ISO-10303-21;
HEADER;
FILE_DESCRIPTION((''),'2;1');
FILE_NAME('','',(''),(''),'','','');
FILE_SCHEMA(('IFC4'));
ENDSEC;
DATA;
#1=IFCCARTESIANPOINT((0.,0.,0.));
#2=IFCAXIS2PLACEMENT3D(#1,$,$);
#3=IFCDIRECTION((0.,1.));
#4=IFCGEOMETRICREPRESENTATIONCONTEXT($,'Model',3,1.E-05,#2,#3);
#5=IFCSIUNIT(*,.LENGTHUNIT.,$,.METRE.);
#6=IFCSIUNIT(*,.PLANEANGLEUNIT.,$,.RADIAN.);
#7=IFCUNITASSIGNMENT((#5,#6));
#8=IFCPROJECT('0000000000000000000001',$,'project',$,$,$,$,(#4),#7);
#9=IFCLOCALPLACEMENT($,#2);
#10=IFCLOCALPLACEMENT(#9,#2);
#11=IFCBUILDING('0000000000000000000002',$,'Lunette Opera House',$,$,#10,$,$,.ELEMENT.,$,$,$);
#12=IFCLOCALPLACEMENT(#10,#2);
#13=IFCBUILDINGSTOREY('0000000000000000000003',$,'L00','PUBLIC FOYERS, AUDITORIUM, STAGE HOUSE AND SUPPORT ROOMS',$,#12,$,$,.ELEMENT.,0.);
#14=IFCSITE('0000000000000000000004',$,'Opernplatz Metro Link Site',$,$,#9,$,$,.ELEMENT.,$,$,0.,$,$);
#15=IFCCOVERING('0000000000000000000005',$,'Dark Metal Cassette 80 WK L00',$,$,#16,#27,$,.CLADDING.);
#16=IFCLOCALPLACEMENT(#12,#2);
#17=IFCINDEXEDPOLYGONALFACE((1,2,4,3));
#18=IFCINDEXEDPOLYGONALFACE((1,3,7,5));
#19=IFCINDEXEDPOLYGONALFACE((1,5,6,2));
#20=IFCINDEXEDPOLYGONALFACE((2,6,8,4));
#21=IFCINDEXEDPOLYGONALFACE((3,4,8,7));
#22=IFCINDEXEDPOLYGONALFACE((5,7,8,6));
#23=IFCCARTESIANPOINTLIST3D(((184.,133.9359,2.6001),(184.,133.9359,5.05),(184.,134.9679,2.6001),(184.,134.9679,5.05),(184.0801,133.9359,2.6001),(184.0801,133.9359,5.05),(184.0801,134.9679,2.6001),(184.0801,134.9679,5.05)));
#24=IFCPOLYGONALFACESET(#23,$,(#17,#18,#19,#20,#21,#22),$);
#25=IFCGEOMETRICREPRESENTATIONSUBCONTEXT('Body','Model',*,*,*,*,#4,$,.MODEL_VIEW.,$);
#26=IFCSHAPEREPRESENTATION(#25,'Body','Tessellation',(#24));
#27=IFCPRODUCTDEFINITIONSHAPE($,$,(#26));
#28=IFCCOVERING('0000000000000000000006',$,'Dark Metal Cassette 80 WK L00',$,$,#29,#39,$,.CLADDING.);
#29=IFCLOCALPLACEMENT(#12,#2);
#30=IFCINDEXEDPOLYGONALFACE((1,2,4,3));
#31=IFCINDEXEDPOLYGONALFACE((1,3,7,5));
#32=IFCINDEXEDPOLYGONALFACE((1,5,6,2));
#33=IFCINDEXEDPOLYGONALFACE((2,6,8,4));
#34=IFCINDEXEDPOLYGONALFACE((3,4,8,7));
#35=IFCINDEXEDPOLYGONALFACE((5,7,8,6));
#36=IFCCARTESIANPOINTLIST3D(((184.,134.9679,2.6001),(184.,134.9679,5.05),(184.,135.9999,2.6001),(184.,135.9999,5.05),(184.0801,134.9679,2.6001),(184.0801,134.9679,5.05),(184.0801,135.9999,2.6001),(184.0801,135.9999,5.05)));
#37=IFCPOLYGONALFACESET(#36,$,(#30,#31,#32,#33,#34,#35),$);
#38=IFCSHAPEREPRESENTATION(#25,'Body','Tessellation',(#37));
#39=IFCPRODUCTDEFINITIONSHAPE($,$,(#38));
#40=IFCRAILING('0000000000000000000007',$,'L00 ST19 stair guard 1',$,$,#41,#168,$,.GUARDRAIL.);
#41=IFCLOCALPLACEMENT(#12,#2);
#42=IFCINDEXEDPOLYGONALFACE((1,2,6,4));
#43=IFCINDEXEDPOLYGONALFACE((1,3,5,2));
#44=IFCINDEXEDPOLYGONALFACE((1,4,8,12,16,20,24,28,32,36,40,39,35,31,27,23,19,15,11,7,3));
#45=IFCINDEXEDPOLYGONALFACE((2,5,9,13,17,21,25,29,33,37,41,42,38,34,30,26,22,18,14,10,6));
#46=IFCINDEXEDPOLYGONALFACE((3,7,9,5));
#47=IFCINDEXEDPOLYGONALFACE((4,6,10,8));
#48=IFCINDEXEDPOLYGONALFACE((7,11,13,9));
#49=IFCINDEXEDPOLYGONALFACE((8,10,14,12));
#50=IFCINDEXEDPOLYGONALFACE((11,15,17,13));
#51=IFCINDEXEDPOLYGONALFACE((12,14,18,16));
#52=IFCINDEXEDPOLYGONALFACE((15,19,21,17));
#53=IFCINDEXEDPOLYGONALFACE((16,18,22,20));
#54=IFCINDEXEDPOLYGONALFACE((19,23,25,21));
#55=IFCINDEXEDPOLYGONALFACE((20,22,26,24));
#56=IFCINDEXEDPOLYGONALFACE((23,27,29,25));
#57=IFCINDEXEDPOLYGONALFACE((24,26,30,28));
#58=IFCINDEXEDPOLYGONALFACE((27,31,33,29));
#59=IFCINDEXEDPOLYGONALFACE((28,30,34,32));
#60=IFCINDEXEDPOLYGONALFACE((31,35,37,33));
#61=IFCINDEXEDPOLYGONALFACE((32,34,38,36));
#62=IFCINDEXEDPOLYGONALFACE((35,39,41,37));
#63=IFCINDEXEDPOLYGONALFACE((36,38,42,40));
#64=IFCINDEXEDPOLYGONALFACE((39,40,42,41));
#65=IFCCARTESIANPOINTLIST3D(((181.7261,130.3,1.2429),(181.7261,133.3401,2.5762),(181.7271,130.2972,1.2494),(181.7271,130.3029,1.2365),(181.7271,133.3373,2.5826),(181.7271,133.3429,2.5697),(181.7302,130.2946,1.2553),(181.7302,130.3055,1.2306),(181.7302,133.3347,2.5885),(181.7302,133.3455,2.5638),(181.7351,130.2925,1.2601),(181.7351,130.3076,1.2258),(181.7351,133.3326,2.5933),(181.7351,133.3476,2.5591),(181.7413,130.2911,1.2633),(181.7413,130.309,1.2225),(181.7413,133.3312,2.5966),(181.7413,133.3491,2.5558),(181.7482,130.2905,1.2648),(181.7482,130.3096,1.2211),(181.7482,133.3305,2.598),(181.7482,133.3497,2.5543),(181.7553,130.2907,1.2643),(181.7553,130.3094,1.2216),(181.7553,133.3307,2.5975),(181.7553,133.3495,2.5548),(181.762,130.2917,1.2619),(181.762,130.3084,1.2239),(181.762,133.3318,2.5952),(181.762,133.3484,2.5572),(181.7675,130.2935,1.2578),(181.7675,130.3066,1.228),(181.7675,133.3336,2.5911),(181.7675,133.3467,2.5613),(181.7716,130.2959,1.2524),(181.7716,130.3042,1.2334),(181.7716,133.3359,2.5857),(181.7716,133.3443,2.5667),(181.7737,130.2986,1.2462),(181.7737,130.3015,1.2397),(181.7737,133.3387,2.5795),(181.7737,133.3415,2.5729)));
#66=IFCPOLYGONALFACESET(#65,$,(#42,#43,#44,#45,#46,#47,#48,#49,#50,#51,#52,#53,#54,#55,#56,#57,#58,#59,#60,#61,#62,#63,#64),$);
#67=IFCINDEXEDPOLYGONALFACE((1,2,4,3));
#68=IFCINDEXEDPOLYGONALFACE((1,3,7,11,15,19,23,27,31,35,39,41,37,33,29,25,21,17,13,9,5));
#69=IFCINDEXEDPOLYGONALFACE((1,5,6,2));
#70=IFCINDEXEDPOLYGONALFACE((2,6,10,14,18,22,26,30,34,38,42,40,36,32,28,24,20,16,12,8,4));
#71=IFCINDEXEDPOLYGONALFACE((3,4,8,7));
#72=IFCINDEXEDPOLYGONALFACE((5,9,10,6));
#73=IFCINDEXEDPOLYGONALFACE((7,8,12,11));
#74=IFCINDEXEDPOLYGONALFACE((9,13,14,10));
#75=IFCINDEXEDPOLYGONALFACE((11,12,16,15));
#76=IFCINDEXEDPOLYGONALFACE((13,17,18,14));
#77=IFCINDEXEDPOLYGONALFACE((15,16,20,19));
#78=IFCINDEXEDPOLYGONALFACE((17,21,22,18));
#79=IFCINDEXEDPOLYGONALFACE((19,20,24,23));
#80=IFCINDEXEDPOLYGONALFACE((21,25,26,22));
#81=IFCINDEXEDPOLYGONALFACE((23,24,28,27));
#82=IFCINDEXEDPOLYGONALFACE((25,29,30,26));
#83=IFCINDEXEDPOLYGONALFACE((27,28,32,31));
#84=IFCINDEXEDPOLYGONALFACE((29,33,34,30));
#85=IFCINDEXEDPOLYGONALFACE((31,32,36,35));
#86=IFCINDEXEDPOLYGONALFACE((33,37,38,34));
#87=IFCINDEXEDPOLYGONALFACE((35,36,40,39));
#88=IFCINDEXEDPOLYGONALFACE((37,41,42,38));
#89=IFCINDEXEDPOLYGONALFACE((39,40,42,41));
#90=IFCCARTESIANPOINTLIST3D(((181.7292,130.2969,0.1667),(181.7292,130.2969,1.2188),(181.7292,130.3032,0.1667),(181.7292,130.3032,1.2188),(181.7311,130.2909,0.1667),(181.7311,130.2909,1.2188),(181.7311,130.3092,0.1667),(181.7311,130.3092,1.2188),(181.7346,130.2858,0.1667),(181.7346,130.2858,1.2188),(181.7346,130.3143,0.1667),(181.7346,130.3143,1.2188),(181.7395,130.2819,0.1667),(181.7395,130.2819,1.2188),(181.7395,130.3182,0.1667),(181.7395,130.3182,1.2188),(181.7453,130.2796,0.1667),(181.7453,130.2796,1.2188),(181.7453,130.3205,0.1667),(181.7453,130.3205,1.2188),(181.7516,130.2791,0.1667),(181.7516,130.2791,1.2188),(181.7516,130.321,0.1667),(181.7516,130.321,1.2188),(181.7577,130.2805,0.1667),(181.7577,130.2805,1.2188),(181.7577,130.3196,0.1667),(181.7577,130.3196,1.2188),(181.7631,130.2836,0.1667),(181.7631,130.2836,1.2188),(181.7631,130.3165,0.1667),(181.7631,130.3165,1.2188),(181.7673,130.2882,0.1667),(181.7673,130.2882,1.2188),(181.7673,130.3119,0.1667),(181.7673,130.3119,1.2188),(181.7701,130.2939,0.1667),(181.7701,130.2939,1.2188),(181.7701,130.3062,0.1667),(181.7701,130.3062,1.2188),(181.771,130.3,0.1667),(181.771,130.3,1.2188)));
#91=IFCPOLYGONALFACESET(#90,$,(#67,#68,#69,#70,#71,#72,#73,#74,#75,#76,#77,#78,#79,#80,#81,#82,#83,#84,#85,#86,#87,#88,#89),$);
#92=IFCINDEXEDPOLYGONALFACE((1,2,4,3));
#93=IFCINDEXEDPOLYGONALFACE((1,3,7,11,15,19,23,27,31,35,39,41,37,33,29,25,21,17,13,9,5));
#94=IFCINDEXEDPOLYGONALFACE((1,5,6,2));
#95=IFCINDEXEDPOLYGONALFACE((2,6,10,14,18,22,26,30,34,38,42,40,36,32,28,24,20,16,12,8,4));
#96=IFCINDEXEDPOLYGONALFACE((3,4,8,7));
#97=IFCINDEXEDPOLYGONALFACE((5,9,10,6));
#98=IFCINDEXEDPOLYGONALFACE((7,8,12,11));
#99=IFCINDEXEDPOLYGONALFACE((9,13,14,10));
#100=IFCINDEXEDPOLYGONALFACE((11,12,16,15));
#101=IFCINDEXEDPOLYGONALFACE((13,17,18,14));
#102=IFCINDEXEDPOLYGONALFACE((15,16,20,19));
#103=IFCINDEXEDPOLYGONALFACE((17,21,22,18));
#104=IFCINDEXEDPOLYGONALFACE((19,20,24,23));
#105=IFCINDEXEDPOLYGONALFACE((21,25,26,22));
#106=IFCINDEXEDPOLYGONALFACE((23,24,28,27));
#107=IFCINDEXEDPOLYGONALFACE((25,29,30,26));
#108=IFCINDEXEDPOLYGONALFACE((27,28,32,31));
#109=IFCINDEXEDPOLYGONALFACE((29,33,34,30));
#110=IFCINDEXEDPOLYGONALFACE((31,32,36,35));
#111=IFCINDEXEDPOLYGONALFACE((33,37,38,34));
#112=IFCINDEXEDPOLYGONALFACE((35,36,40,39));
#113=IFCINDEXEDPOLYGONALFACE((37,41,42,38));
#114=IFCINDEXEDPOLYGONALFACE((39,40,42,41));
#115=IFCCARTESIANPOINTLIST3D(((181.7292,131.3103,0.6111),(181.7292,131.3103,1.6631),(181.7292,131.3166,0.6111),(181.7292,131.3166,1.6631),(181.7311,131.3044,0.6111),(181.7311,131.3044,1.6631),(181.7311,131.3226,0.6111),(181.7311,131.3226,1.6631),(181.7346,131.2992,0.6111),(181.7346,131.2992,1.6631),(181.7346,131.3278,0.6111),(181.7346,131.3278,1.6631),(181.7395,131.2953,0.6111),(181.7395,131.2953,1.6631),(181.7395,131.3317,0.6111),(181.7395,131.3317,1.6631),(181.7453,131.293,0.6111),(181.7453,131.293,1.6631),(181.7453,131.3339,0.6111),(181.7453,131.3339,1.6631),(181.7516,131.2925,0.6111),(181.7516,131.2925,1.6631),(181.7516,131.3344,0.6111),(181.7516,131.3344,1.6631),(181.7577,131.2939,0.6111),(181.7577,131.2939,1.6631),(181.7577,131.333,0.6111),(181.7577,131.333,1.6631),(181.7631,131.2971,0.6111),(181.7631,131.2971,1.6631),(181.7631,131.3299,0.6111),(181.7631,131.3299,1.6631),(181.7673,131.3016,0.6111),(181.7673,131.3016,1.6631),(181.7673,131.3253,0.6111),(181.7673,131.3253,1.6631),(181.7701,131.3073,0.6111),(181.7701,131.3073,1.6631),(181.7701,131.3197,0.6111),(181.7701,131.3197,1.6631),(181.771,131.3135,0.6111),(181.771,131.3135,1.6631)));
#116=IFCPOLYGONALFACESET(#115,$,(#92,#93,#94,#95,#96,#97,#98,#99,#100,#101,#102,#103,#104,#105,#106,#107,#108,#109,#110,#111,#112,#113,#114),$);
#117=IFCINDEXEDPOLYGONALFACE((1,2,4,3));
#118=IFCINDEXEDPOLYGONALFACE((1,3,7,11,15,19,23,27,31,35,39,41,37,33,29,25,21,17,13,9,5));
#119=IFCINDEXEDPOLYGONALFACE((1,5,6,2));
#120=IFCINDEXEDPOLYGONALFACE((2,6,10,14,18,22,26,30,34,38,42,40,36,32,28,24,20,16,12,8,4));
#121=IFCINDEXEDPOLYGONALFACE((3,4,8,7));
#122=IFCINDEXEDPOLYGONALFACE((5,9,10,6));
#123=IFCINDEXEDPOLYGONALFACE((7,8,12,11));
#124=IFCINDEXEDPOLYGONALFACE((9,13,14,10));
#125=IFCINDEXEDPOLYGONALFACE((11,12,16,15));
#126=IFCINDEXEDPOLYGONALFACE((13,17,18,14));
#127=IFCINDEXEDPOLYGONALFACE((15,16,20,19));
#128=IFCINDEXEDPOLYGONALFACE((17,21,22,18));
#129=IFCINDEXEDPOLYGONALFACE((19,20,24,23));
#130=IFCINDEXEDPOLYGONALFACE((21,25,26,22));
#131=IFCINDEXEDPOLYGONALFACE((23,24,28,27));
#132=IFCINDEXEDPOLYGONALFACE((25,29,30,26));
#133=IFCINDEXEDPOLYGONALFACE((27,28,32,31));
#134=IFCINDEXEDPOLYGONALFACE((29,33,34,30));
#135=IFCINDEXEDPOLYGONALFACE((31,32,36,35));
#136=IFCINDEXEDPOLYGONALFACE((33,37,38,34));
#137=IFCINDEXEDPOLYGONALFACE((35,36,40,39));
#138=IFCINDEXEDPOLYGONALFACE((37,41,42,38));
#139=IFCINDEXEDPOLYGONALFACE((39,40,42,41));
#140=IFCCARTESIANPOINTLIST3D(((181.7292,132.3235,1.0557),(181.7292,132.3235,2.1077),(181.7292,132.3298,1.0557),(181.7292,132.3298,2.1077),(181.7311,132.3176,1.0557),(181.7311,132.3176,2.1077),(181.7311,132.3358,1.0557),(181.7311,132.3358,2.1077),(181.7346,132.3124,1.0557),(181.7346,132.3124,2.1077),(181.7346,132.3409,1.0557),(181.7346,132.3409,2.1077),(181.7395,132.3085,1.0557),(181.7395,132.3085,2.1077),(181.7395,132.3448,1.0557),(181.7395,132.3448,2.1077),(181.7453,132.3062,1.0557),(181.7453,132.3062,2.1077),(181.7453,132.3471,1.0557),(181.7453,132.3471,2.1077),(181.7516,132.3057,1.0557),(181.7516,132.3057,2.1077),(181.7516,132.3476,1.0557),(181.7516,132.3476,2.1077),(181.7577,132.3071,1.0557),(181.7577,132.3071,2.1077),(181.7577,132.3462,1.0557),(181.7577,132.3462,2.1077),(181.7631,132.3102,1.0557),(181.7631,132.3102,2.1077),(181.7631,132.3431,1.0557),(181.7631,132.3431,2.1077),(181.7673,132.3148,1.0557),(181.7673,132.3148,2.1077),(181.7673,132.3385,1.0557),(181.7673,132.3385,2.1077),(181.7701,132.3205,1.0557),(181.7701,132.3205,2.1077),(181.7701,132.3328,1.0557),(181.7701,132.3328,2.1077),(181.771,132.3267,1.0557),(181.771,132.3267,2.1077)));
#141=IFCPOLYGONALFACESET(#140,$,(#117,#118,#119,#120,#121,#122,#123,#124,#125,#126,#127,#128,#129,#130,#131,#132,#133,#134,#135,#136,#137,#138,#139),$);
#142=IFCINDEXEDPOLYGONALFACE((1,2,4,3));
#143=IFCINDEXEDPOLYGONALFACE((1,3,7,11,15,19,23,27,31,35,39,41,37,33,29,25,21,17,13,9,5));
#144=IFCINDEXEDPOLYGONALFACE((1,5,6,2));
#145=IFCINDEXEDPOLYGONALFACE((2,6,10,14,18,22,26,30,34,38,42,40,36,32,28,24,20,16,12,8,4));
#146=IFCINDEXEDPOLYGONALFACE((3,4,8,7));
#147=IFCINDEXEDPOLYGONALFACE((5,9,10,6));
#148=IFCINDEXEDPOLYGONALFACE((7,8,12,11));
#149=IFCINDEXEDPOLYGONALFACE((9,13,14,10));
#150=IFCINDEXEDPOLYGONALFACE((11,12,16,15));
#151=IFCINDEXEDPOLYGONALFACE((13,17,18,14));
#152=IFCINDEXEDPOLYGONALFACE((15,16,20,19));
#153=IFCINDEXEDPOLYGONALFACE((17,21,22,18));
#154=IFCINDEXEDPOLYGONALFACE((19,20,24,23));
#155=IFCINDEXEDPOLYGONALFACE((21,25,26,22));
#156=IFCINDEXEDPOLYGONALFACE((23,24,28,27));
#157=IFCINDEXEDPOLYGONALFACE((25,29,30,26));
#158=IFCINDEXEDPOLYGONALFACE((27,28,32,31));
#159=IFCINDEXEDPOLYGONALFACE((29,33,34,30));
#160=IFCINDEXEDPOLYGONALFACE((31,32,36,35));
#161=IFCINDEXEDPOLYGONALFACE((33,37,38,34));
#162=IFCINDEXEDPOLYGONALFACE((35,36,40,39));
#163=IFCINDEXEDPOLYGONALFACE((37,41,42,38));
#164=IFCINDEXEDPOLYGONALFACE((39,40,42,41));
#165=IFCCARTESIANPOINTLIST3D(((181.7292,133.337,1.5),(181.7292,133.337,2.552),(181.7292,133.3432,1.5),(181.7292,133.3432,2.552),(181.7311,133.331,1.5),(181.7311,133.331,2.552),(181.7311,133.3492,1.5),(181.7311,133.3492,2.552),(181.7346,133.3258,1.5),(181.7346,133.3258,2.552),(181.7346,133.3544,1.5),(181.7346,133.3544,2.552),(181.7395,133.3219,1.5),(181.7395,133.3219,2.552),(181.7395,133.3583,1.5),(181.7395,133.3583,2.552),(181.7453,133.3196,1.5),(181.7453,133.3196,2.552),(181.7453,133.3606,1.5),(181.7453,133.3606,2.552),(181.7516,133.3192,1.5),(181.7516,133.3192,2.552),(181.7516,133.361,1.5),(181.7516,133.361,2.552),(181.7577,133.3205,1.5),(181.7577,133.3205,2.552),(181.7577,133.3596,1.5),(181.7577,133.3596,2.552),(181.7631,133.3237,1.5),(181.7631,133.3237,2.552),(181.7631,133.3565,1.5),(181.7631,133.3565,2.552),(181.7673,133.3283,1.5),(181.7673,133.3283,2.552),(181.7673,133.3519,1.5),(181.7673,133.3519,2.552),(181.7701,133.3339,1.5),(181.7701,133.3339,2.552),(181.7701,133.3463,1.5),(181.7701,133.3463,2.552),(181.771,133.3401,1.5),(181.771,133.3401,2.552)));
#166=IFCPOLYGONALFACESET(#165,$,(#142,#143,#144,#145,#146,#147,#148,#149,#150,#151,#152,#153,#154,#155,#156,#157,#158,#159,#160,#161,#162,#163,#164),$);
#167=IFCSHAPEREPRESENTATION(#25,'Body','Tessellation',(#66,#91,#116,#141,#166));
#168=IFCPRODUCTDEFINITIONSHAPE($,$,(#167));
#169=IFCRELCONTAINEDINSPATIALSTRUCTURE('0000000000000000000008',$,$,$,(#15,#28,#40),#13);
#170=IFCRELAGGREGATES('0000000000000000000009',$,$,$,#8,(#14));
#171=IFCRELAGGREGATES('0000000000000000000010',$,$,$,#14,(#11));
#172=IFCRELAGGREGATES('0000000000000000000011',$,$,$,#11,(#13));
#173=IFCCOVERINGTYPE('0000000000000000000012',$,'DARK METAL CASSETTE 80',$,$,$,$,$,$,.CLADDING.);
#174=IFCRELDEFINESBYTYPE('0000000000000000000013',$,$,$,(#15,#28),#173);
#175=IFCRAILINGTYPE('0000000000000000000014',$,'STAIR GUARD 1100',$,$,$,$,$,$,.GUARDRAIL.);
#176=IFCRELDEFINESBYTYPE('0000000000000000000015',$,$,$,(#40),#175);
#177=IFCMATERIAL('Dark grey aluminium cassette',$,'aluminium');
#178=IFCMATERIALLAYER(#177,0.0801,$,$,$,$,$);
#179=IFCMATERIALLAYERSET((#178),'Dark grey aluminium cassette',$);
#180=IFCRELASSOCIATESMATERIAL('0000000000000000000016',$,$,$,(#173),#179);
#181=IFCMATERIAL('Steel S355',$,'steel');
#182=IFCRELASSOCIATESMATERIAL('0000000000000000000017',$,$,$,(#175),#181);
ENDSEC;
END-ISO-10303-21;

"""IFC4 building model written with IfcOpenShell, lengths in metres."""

from ifc_helpers import new_model, si_unit, direction, frame, origin, origin_2d, place, context, subcontext, project, spatial, rectangle, circle, extrude, material, layer, layer_set, type_object, element, save


model = new_model("IFC4")

# Units and contexts
model_context = context("Model", 3, precision=1e-05, world=origin(), true_north=direction((0.0, 1.0)))
body_context = subcontext(model_context, "Body", "Model", "MODEL_VIEW")
ifc_project = project(units=[si_unit("LENGTHUNIT", "METRE"), si_unit("PLANEANGLEUNIT", "RADIAN")], contexts=[model_context])

# Site, building, storey
site_placement = place(None, origin())
site = spatial("IfcSite", under=ifc_project, at=site_placement, Name="Opernplatz Metro Link Site", CompositionType="ELEMENT", RefElevation=0.0)
building_placement = place(site_placement, origin())
building = spatial("IfcBuilding", under=site, at=building_placement, Name="Lunette Opera House", CompositionType="ELEMENT")
storey_placement = place(building_placement, origin())
storey = spatial("IfcBuildingStorey", under=building, at=storey_placement, Name="L00", Description="PUBLIC FOYERS, AUDITORIUM, STAGE HOUSE AND SUPPORT ROOMS", CompositionType="ELEMENT", Elevation=0.0)

# Coverings
ifc_material_1 = material(Name="Dark grey aluminium cassette", Category="aluminium")
ifc_layer_1 = layer(ifc_material_1, 0.0801)
ifc_layer_set_1 = layer_set([ifc_layer_1], Name="Dark grey aluminium cassette")
covering_type_1 = type_object("IfcCoveringType", Name="DARK METAL CASSETTE 80", PredefinedType="CLADDING", material=ifc_layer_set_1)
for number, where, z_axis, x_axis, name in (
    (1, (184.04, 134.4519, 2.6001), (0.0, 0.0, 1.0), (0.0, 1.0, 0.0), "Dark Metal Cassette 80 WK L00"),
    (2, (184.04, 135.4839, 2.6001), (0.0, 0.0, 1.0), (0.0, 1.0, 0.0), "Dark Metal Cassette 80 WK L00"),
):
    element("IfcCovering", number, at=place(storey_placement, frame(where, z_axis=z_axis, x_axis=x_axis)), inside=storey, type_object=covering_type_1, Name=name, PredefinedType="CLADDING", context=body_context, shape_type="SweptSolid", body=[
        extrude(rectangle(XDim=1.032, YDim=0.0801, at=origin_2d()), origin(), (0.0, 0.0, 1.0), 2.45),
    ])

# Railing
ifc_material_2 = material(Name="Steel S355", Category="steel")
railing_type_1 = type_object("IfcRailingType", Name="STAIR GUARD 1100", PredefinedType="GUARDRAIL", material=ifc_material_2)
for number, where, name in (
    (3, (181.75, 130.3, 0.1667), "L00 ST19 stair guard 1"),
):
    element("IfcRailing", number, at=place(storey_placement, frame(where)), inside=storey, type_object=railing_type_1, Name=name, PredefinedType="GUARDRAIL", context=body_context, shape_type="SweptSolid", body=[
        extrude(circle(Radius=0.0239, at=origin_2d()), frame((0.0, 0.0, 1.0762), z_axis=(0.0, 0.915799, 0.401637), x_axis=(-1.0, 0.0, 0.0)), (0.0, 0.0, 1.0), 3.3196),
        extrude(circle(Radius=0.021, at=origin_2d()), origin(), (0.0, 0.0, 1.0), 1.052),
        extrude(circle(Radius=0.021, at=origin_2d()), frame((0.0, 1.0134, 0.4443)), (0.0, 0.0, 1.0), 1.052),
        extrude(circle(Radius=0.021, at=origin_2d()), frame((0.0, 2.0266, 0.8889)), (0.0, 0.0, 1.0), 1.052),
        extrude(circle(Radius=0.021, at=origin_2d()), frame((0.0, 3.04, 1.3333)), (0.0, 0.0, 1.0), 1.052),
    ])

save(model, "model.ifc")
